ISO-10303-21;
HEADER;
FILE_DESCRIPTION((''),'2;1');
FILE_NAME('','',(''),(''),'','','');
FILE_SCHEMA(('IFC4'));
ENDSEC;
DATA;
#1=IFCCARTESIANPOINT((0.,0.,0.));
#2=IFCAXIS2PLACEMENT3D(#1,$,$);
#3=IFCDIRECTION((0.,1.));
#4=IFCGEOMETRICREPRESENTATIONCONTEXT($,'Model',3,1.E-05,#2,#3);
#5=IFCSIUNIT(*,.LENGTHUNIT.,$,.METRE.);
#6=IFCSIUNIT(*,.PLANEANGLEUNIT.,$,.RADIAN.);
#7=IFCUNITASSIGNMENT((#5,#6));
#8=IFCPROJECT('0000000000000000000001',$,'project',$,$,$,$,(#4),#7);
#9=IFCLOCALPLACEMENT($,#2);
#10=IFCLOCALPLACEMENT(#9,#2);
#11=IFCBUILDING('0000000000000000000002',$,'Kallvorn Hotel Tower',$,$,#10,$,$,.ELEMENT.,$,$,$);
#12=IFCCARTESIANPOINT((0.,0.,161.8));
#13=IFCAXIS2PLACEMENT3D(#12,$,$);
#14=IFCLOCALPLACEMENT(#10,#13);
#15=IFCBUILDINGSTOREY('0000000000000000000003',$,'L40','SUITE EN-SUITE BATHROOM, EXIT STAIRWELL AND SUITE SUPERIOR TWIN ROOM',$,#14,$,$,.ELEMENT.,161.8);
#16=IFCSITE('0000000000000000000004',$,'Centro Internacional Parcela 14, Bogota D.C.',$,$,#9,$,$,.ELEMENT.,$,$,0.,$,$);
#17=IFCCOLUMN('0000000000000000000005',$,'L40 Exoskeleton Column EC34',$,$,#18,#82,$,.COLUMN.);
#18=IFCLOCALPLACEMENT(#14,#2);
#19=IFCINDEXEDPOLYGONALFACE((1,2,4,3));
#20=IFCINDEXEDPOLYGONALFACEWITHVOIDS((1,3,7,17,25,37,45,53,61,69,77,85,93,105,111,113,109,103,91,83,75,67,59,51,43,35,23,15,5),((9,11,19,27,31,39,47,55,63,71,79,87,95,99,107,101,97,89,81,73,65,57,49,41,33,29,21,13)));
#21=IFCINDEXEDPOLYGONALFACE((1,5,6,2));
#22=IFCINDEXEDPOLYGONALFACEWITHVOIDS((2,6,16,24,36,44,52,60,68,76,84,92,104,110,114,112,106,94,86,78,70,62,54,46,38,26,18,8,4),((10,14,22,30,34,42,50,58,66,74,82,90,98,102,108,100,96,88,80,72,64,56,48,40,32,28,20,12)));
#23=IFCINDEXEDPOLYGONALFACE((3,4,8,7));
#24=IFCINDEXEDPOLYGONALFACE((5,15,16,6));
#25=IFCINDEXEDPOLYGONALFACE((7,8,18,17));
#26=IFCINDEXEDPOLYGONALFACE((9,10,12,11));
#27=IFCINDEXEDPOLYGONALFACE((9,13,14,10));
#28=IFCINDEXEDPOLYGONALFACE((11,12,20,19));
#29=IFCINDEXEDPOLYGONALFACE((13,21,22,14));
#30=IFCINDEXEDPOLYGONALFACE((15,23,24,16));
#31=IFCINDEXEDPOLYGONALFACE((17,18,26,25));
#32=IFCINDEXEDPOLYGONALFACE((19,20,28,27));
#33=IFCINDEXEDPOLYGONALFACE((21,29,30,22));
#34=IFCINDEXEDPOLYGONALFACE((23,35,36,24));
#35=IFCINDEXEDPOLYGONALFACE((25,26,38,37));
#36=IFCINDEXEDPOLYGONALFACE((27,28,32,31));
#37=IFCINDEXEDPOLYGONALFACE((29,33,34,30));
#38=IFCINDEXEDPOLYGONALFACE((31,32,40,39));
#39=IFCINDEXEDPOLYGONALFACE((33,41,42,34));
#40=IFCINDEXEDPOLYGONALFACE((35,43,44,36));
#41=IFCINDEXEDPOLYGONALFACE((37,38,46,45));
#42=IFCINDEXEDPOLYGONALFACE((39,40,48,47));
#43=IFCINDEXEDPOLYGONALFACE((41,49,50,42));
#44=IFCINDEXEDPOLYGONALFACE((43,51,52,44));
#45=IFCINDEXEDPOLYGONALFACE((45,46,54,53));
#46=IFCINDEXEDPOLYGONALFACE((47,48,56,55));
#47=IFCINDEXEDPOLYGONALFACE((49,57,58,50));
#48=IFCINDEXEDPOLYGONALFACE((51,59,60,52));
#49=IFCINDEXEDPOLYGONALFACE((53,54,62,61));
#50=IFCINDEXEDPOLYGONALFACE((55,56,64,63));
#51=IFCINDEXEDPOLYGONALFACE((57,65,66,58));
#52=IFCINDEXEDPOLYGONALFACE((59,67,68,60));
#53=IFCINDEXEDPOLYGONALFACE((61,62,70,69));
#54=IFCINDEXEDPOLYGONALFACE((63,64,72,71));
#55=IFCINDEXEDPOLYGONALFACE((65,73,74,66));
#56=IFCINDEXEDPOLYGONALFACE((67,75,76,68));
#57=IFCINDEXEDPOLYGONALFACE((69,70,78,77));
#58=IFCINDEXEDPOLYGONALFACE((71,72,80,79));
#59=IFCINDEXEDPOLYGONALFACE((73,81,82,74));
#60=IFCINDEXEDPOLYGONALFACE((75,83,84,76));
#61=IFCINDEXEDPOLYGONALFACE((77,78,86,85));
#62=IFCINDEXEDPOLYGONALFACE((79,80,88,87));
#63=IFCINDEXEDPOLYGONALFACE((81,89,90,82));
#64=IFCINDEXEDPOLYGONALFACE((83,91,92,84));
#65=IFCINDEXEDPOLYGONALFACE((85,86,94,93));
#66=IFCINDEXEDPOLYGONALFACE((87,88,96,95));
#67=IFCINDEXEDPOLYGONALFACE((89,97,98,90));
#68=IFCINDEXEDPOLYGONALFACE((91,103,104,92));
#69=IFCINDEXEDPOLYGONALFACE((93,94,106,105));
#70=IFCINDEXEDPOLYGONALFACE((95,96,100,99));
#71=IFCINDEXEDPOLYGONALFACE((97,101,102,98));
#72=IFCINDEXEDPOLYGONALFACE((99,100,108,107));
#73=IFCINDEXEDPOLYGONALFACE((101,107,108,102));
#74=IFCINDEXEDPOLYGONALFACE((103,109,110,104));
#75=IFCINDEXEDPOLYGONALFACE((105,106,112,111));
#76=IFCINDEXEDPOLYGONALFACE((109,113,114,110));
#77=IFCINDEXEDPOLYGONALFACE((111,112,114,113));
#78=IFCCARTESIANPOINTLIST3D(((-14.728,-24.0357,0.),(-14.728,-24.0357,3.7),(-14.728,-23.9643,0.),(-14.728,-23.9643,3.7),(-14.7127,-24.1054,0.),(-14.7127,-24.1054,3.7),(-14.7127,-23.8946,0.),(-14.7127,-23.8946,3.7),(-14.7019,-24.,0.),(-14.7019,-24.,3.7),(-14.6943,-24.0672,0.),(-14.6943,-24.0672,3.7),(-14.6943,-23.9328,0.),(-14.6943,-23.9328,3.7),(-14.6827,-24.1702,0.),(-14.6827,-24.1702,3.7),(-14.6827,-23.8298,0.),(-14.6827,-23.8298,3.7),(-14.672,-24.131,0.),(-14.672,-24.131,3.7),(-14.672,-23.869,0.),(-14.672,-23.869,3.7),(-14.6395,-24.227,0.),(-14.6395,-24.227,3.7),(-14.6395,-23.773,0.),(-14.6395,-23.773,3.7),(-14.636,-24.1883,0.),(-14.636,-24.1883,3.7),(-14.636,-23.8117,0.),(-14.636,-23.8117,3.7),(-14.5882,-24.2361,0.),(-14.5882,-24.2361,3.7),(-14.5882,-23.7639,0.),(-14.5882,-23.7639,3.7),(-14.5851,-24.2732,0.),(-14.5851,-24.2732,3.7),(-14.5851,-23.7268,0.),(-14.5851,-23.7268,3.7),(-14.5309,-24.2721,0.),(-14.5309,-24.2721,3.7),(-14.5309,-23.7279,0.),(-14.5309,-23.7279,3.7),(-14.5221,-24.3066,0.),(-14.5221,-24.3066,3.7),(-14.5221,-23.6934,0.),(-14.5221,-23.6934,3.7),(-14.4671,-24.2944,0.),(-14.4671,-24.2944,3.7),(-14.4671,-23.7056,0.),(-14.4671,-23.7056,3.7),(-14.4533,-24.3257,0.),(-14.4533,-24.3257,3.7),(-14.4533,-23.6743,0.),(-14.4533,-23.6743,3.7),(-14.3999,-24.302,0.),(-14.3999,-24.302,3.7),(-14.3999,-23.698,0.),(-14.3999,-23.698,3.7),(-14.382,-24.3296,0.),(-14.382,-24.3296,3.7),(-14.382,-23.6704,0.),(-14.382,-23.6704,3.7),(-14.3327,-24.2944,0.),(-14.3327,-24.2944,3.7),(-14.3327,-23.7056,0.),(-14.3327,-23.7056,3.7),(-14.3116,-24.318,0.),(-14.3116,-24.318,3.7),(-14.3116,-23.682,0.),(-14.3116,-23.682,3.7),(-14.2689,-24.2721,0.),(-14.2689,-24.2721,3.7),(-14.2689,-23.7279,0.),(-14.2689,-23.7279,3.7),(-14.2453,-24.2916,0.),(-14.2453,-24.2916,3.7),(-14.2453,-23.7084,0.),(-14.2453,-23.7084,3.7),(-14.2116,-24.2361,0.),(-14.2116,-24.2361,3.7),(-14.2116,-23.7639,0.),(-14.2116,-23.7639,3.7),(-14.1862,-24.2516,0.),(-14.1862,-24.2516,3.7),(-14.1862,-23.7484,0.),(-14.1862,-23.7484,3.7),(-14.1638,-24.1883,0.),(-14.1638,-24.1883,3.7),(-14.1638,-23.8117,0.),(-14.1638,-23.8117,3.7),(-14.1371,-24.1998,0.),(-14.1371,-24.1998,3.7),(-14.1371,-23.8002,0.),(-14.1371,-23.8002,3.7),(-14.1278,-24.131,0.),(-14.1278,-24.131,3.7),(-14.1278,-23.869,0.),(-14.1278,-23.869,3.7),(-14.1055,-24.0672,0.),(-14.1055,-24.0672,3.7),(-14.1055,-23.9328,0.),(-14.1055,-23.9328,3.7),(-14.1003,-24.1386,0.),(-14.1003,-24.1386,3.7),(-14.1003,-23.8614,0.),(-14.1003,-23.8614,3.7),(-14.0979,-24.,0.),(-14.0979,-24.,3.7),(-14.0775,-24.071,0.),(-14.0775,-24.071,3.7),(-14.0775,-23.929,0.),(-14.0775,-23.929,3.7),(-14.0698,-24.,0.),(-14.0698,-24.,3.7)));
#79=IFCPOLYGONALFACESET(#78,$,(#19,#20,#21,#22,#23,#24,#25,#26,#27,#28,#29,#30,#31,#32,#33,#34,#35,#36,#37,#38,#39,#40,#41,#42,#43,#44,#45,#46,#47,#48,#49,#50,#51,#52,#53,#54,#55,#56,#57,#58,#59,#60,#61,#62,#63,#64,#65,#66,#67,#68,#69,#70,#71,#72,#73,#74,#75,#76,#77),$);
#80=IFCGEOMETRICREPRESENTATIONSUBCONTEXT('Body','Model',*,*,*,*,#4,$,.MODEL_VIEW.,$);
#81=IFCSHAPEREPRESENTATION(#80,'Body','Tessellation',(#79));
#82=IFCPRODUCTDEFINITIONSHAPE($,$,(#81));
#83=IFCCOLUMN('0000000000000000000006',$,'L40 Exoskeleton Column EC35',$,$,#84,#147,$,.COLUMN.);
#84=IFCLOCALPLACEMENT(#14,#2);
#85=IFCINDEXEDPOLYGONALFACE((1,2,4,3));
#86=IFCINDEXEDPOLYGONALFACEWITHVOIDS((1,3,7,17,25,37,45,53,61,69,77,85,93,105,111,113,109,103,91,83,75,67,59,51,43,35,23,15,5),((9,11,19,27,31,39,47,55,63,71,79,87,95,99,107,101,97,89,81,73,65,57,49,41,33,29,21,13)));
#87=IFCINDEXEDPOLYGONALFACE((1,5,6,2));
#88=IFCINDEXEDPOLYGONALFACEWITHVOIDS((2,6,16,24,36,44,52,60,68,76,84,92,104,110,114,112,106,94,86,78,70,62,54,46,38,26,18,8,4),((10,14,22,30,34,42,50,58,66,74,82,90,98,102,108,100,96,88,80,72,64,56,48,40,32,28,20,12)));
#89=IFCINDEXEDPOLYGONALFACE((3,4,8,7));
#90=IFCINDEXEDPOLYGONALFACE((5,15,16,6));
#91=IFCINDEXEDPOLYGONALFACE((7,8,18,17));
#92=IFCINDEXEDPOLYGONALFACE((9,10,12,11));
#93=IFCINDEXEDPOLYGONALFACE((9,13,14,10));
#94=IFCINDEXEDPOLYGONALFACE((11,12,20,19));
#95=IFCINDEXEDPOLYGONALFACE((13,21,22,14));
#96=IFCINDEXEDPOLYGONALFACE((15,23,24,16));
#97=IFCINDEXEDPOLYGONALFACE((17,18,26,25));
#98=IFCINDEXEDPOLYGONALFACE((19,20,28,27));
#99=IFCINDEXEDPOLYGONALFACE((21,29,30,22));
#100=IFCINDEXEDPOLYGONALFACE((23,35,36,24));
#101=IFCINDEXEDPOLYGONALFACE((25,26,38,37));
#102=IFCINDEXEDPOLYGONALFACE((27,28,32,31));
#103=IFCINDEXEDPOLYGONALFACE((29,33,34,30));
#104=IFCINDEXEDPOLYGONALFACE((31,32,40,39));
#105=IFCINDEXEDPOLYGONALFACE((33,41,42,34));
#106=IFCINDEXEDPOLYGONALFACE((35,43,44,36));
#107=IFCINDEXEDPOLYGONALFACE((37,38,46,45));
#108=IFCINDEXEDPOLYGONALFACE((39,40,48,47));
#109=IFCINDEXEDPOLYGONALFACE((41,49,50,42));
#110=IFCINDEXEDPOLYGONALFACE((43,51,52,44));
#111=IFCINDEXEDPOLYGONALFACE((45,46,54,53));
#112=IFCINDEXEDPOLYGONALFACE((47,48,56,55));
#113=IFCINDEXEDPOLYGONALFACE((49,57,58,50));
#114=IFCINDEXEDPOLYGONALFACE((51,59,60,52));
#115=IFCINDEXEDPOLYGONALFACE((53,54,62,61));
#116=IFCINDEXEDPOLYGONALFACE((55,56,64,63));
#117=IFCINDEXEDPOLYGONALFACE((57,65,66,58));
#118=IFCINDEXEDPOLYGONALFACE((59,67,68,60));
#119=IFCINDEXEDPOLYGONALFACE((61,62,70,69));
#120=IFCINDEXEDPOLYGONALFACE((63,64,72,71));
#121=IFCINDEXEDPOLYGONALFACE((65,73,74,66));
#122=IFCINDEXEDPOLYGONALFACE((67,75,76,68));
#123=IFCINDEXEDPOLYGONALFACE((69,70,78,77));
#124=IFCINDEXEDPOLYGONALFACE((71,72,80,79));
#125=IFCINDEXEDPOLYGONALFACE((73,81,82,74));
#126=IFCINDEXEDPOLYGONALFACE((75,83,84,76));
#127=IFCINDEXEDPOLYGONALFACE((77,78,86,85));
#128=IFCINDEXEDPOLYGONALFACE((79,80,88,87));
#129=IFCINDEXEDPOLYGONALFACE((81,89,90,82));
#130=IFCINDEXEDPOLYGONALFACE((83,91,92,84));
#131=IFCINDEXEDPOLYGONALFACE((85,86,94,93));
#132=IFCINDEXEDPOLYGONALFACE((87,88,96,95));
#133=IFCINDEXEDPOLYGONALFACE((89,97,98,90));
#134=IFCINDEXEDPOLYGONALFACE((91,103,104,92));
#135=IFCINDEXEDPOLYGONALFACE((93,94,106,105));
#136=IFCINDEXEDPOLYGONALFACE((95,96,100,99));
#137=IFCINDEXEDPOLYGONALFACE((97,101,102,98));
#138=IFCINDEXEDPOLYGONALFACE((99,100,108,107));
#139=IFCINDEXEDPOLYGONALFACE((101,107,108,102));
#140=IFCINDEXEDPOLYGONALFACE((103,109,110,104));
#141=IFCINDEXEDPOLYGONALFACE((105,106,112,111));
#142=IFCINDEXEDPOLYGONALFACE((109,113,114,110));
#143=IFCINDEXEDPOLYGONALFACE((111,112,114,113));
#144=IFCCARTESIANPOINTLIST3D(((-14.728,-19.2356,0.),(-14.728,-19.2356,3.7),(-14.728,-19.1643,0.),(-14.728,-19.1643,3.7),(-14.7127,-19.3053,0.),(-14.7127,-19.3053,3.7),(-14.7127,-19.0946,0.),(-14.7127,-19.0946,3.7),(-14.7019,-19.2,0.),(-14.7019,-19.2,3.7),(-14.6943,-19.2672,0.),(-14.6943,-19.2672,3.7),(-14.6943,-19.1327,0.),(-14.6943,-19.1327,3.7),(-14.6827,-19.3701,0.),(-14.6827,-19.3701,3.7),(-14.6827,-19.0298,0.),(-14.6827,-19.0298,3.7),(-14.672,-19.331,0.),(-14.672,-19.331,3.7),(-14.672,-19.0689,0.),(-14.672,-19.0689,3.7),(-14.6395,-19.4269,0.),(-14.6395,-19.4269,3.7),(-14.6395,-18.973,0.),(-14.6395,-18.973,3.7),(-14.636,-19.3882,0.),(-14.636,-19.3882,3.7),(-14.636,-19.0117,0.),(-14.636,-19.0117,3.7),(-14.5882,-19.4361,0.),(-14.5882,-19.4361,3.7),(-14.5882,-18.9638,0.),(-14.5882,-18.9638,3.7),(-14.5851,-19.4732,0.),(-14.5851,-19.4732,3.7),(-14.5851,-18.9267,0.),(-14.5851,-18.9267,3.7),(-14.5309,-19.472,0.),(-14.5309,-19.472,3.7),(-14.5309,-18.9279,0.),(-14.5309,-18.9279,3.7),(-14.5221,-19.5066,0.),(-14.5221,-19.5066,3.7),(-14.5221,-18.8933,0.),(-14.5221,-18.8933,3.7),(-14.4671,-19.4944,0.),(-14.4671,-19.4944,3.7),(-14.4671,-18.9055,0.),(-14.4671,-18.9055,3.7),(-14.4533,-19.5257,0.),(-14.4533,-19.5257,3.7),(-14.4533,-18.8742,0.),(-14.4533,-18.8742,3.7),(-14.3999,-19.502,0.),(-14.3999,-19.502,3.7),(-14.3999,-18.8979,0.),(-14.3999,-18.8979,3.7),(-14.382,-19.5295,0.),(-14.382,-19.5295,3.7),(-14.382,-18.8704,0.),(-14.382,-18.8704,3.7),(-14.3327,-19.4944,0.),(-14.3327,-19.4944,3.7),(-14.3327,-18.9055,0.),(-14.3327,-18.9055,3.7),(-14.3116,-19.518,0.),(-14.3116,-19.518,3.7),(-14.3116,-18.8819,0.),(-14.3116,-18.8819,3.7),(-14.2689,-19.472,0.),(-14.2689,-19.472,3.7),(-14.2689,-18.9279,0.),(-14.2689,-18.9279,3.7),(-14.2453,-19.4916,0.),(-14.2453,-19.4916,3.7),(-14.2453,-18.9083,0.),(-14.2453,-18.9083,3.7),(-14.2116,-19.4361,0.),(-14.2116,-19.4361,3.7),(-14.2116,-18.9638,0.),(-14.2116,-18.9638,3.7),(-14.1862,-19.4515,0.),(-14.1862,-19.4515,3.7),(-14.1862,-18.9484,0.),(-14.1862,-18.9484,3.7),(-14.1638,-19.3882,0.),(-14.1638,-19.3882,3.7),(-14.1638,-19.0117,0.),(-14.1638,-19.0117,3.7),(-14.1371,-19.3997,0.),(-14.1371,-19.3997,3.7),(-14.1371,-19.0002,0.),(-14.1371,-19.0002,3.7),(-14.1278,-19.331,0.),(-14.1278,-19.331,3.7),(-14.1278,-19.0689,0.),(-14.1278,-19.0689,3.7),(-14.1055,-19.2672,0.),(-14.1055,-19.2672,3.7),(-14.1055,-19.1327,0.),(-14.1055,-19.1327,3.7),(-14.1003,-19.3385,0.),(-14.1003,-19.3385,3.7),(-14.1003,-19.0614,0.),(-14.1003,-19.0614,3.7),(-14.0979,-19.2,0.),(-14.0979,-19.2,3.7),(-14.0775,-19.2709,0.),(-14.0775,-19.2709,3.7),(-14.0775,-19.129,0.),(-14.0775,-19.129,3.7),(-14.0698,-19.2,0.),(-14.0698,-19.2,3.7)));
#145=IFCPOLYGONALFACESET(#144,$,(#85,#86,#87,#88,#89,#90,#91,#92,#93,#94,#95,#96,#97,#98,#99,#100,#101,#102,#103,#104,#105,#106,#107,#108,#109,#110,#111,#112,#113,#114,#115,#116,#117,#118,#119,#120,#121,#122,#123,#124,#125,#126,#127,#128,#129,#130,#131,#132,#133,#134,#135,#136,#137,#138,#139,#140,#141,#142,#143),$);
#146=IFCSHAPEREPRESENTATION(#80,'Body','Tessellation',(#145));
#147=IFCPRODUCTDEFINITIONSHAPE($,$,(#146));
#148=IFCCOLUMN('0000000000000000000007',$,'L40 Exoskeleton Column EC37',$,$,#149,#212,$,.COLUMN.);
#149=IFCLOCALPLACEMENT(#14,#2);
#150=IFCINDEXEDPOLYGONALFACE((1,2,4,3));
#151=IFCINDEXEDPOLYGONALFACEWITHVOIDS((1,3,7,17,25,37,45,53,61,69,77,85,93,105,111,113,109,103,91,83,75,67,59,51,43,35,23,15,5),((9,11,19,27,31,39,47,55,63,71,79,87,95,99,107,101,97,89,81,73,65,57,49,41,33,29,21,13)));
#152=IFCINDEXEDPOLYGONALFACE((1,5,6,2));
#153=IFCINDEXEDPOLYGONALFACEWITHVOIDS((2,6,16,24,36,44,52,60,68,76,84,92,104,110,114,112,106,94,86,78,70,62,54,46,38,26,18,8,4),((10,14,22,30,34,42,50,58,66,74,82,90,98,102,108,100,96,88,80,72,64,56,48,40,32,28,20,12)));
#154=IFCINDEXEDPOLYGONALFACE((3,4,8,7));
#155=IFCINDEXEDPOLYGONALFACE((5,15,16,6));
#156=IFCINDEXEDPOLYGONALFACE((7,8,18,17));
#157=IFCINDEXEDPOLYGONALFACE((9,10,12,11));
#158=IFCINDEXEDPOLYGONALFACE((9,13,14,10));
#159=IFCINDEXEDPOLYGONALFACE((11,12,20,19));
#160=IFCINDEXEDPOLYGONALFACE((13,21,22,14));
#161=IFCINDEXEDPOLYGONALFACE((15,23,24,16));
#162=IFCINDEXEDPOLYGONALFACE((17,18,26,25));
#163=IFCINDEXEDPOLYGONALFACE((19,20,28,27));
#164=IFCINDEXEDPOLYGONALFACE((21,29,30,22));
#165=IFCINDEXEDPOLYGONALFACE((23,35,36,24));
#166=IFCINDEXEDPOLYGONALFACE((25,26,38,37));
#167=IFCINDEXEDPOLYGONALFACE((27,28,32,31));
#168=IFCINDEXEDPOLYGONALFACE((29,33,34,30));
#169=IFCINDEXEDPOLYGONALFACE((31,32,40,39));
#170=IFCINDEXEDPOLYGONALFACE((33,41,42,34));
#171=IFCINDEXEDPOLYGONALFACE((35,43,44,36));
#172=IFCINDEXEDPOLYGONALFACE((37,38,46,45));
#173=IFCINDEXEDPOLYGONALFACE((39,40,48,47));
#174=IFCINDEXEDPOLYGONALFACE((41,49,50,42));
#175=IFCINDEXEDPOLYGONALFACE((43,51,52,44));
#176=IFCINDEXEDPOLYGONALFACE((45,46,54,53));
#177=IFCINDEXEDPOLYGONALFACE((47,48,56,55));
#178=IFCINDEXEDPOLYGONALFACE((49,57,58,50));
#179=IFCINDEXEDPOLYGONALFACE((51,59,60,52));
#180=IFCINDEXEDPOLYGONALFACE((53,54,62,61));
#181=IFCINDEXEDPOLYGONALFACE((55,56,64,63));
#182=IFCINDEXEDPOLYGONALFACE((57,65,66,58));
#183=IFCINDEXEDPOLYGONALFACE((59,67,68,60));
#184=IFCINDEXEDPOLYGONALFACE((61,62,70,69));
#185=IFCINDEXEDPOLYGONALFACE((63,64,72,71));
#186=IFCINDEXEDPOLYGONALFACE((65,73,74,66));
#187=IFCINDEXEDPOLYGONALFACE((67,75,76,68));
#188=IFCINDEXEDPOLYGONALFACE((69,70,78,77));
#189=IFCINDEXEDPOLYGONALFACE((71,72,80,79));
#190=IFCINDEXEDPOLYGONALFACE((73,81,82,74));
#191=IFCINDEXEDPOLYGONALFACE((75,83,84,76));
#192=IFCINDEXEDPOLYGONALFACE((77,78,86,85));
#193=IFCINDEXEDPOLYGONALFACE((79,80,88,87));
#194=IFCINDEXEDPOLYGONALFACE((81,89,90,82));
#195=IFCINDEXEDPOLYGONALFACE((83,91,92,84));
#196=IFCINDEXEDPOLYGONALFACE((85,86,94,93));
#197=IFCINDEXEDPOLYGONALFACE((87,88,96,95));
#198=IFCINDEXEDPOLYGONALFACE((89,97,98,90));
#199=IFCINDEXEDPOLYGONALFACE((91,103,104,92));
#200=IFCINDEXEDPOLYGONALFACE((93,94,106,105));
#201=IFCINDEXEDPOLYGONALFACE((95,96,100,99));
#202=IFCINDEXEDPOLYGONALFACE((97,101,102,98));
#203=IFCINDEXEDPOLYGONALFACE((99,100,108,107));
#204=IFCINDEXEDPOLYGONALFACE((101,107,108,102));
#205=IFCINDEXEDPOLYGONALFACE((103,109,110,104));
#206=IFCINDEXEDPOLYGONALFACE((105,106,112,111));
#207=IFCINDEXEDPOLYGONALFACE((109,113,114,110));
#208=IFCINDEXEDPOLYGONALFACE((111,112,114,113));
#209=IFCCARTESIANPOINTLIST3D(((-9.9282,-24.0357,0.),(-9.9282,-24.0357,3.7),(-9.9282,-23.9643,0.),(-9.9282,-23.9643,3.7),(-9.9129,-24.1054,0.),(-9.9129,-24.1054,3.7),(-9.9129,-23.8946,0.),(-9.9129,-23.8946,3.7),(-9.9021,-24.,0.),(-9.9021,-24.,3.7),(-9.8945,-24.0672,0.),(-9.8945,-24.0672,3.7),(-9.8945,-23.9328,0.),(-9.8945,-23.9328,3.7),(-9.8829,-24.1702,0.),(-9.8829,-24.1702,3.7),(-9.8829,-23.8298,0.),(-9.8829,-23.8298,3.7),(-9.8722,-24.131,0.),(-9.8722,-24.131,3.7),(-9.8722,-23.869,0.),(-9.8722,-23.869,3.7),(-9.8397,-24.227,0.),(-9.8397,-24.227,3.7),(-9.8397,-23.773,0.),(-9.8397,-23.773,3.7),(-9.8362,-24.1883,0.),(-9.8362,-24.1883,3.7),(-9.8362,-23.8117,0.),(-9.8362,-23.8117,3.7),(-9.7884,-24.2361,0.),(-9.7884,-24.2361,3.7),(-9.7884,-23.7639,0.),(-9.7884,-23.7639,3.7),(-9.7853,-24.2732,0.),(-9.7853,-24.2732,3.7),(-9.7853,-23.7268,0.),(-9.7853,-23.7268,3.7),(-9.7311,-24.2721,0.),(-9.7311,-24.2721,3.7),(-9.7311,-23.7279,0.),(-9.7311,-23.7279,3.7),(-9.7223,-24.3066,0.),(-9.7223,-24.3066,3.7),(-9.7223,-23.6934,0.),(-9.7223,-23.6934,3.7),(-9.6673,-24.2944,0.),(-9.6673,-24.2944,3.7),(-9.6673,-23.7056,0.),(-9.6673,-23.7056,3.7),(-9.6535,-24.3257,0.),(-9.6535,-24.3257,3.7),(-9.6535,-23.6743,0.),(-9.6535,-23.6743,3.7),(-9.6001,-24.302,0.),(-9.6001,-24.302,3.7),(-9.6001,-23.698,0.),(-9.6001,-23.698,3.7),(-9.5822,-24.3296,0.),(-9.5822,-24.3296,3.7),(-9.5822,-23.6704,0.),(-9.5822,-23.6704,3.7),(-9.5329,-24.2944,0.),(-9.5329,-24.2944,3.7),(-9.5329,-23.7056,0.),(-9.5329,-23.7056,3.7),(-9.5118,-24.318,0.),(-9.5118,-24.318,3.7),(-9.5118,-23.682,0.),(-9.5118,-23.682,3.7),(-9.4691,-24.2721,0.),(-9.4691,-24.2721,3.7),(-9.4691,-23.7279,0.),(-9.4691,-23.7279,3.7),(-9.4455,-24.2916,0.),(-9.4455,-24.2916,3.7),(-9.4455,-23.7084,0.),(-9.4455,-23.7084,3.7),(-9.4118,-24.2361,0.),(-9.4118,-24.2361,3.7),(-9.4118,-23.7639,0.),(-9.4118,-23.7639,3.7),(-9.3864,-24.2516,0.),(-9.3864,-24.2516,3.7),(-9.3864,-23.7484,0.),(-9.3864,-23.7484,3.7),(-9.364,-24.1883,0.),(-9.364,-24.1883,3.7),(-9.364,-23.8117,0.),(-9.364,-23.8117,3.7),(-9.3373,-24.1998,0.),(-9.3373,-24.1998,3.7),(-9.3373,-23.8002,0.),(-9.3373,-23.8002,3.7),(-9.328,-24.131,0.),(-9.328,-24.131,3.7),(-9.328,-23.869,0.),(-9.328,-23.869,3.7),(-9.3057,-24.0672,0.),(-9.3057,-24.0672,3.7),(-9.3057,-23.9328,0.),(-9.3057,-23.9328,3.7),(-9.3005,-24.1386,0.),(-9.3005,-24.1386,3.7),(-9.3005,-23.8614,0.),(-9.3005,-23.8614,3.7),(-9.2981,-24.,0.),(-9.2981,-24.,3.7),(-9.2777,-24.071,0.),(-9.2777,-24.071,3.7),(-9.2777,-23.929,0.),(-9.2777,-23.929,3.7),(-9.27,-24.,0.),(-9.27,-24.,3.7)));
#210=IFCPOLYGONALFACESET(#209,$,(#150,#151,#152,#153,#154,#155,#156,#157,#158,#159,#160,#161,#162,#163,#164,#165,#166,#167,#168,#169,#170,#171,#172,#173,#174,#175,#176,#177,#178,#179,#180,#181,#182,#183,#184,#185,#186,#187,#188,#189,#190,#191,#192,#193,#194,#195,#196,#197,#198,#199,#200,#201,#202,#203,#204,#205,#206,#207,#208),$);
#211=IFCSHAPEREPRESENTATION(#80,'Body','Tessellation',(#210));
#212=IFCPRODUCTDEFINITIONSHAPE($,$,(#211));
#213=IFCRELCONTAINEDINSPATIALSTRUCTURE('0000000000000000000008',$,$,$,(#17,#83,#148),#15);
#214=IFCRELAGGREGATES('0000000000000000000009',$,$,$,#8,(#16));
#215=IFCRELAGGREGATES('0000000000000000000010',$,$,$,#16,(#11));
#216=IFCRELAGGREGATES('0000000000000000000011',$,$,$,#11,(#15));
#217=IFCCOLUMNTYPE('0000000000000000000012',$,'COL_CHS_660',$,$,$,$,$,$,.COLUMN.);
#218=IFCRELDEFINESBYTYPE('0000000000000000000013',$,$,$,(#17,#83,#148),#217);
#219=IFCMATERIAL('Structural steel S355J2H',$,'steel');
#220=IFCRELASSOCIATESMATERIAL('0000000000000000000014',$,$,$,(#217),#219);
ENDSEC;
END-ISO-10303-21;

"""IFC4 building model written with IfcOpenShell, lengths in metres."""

from ifc_helpers import new_model, si_unit, direction, frame, origin, origin_2d, place, context, subcontext, project, spatial, hollow_circle, extrude, material, material_profile, profile_set, type_object, element, save


model = new_model("IFC4")

# Units and contexts
model_context = context("Model", 3, precision=1e-05, world=origin(), true_north=direction((0.0, 1.0)))
body_context = subcontext(model_context, "Body", "Model", "MODEL_VIEW")
ifc_project = project(units=[si_unit("LENGTHUNIT", "METRE"), si_unit("PLANEANGLEUNIT", "RADIAN")], contexts=[model_context])

# Site, building, storey
site_placement = place(None, origin())
site = spatial("IfcSite", under=ifc_project, at=site_placement, Name="Centro Internacional Parcela 14, Bogota D.C.", CompositionType="ELEMENT", RefElevation=0.0)
building_placement = place(site_placement, origin())
building = spatial("IfcBuilding", under=site, at=building_placement, Name="Kallvorn Hotel Tower", CompositionType="ELEMENT")
storey_placement = place(building_placement, frame((0.0, 0.0, 161.8)))
storey = spatial("IfcBuildingStorey", under=building, at=storey_placement, Name="L40", Description="SUITE EN-SUITE BATHROOM, EXIT STAIRWELL AND SUITE SUPERIOR TWIN ROOM", CompositionType="ELEMENT", Elevation=161.8)

# Columns
ifc_material_1 = material(Name="Structural steel S355J2H", Category="steel")
ifc_material_profile_1 = material_profile(ifc_material_1, hollow_circle(Radius=0.3301, WallThickness=0.0281, at=origin_2d()), Name="CHS 660x28")
ifc_profile_set_1 = profile_set([ifc_material_profile_1], Name="Structural steel S355J2H")
column_type_1 = type_object("IfcColumnType", Name="COL_CHS_660", PredefinedType="COLUMN", material=ifc_profile_set_1)
for number, where, z_axis, x_axis, name in (
    (1, (-14.3999, -24.0, 0.0), (0.0, 0.0, 1.0), (1.0, 0.0, 0.0), "L40 Exoskeleton Column EC34"),
    (2, (-14.3999, -19.2, 0.0), (0.0, 0.0, 1.0), (1.0, 0.0, 0.0), "L40 Exoskeleton Column EC35"),
    (3, (-9.6001, -24.0, 0.0), (0.0, 0.0, 1.0), (1.0, 0.0, 0.0), "L40 Exoskeleton Column EC37"),
):
    element("IfcColumn", number, at=place(storey_placement, frame(where, z_axis=z_axis, x_axis=x_axis)), inside=storey, type_object=column_type_1, Name=name, PredefinedType="COLUMN", context=body_context, shape_type="SweptSolid", body=[
        extrude(hollow_circle(Radius=0.3301, WallThickness=0.0281, at=origin_2d()), origin(), (0.0, 0.0, 1.0), 3.7),
    ])

save(model, "model.ifc")
